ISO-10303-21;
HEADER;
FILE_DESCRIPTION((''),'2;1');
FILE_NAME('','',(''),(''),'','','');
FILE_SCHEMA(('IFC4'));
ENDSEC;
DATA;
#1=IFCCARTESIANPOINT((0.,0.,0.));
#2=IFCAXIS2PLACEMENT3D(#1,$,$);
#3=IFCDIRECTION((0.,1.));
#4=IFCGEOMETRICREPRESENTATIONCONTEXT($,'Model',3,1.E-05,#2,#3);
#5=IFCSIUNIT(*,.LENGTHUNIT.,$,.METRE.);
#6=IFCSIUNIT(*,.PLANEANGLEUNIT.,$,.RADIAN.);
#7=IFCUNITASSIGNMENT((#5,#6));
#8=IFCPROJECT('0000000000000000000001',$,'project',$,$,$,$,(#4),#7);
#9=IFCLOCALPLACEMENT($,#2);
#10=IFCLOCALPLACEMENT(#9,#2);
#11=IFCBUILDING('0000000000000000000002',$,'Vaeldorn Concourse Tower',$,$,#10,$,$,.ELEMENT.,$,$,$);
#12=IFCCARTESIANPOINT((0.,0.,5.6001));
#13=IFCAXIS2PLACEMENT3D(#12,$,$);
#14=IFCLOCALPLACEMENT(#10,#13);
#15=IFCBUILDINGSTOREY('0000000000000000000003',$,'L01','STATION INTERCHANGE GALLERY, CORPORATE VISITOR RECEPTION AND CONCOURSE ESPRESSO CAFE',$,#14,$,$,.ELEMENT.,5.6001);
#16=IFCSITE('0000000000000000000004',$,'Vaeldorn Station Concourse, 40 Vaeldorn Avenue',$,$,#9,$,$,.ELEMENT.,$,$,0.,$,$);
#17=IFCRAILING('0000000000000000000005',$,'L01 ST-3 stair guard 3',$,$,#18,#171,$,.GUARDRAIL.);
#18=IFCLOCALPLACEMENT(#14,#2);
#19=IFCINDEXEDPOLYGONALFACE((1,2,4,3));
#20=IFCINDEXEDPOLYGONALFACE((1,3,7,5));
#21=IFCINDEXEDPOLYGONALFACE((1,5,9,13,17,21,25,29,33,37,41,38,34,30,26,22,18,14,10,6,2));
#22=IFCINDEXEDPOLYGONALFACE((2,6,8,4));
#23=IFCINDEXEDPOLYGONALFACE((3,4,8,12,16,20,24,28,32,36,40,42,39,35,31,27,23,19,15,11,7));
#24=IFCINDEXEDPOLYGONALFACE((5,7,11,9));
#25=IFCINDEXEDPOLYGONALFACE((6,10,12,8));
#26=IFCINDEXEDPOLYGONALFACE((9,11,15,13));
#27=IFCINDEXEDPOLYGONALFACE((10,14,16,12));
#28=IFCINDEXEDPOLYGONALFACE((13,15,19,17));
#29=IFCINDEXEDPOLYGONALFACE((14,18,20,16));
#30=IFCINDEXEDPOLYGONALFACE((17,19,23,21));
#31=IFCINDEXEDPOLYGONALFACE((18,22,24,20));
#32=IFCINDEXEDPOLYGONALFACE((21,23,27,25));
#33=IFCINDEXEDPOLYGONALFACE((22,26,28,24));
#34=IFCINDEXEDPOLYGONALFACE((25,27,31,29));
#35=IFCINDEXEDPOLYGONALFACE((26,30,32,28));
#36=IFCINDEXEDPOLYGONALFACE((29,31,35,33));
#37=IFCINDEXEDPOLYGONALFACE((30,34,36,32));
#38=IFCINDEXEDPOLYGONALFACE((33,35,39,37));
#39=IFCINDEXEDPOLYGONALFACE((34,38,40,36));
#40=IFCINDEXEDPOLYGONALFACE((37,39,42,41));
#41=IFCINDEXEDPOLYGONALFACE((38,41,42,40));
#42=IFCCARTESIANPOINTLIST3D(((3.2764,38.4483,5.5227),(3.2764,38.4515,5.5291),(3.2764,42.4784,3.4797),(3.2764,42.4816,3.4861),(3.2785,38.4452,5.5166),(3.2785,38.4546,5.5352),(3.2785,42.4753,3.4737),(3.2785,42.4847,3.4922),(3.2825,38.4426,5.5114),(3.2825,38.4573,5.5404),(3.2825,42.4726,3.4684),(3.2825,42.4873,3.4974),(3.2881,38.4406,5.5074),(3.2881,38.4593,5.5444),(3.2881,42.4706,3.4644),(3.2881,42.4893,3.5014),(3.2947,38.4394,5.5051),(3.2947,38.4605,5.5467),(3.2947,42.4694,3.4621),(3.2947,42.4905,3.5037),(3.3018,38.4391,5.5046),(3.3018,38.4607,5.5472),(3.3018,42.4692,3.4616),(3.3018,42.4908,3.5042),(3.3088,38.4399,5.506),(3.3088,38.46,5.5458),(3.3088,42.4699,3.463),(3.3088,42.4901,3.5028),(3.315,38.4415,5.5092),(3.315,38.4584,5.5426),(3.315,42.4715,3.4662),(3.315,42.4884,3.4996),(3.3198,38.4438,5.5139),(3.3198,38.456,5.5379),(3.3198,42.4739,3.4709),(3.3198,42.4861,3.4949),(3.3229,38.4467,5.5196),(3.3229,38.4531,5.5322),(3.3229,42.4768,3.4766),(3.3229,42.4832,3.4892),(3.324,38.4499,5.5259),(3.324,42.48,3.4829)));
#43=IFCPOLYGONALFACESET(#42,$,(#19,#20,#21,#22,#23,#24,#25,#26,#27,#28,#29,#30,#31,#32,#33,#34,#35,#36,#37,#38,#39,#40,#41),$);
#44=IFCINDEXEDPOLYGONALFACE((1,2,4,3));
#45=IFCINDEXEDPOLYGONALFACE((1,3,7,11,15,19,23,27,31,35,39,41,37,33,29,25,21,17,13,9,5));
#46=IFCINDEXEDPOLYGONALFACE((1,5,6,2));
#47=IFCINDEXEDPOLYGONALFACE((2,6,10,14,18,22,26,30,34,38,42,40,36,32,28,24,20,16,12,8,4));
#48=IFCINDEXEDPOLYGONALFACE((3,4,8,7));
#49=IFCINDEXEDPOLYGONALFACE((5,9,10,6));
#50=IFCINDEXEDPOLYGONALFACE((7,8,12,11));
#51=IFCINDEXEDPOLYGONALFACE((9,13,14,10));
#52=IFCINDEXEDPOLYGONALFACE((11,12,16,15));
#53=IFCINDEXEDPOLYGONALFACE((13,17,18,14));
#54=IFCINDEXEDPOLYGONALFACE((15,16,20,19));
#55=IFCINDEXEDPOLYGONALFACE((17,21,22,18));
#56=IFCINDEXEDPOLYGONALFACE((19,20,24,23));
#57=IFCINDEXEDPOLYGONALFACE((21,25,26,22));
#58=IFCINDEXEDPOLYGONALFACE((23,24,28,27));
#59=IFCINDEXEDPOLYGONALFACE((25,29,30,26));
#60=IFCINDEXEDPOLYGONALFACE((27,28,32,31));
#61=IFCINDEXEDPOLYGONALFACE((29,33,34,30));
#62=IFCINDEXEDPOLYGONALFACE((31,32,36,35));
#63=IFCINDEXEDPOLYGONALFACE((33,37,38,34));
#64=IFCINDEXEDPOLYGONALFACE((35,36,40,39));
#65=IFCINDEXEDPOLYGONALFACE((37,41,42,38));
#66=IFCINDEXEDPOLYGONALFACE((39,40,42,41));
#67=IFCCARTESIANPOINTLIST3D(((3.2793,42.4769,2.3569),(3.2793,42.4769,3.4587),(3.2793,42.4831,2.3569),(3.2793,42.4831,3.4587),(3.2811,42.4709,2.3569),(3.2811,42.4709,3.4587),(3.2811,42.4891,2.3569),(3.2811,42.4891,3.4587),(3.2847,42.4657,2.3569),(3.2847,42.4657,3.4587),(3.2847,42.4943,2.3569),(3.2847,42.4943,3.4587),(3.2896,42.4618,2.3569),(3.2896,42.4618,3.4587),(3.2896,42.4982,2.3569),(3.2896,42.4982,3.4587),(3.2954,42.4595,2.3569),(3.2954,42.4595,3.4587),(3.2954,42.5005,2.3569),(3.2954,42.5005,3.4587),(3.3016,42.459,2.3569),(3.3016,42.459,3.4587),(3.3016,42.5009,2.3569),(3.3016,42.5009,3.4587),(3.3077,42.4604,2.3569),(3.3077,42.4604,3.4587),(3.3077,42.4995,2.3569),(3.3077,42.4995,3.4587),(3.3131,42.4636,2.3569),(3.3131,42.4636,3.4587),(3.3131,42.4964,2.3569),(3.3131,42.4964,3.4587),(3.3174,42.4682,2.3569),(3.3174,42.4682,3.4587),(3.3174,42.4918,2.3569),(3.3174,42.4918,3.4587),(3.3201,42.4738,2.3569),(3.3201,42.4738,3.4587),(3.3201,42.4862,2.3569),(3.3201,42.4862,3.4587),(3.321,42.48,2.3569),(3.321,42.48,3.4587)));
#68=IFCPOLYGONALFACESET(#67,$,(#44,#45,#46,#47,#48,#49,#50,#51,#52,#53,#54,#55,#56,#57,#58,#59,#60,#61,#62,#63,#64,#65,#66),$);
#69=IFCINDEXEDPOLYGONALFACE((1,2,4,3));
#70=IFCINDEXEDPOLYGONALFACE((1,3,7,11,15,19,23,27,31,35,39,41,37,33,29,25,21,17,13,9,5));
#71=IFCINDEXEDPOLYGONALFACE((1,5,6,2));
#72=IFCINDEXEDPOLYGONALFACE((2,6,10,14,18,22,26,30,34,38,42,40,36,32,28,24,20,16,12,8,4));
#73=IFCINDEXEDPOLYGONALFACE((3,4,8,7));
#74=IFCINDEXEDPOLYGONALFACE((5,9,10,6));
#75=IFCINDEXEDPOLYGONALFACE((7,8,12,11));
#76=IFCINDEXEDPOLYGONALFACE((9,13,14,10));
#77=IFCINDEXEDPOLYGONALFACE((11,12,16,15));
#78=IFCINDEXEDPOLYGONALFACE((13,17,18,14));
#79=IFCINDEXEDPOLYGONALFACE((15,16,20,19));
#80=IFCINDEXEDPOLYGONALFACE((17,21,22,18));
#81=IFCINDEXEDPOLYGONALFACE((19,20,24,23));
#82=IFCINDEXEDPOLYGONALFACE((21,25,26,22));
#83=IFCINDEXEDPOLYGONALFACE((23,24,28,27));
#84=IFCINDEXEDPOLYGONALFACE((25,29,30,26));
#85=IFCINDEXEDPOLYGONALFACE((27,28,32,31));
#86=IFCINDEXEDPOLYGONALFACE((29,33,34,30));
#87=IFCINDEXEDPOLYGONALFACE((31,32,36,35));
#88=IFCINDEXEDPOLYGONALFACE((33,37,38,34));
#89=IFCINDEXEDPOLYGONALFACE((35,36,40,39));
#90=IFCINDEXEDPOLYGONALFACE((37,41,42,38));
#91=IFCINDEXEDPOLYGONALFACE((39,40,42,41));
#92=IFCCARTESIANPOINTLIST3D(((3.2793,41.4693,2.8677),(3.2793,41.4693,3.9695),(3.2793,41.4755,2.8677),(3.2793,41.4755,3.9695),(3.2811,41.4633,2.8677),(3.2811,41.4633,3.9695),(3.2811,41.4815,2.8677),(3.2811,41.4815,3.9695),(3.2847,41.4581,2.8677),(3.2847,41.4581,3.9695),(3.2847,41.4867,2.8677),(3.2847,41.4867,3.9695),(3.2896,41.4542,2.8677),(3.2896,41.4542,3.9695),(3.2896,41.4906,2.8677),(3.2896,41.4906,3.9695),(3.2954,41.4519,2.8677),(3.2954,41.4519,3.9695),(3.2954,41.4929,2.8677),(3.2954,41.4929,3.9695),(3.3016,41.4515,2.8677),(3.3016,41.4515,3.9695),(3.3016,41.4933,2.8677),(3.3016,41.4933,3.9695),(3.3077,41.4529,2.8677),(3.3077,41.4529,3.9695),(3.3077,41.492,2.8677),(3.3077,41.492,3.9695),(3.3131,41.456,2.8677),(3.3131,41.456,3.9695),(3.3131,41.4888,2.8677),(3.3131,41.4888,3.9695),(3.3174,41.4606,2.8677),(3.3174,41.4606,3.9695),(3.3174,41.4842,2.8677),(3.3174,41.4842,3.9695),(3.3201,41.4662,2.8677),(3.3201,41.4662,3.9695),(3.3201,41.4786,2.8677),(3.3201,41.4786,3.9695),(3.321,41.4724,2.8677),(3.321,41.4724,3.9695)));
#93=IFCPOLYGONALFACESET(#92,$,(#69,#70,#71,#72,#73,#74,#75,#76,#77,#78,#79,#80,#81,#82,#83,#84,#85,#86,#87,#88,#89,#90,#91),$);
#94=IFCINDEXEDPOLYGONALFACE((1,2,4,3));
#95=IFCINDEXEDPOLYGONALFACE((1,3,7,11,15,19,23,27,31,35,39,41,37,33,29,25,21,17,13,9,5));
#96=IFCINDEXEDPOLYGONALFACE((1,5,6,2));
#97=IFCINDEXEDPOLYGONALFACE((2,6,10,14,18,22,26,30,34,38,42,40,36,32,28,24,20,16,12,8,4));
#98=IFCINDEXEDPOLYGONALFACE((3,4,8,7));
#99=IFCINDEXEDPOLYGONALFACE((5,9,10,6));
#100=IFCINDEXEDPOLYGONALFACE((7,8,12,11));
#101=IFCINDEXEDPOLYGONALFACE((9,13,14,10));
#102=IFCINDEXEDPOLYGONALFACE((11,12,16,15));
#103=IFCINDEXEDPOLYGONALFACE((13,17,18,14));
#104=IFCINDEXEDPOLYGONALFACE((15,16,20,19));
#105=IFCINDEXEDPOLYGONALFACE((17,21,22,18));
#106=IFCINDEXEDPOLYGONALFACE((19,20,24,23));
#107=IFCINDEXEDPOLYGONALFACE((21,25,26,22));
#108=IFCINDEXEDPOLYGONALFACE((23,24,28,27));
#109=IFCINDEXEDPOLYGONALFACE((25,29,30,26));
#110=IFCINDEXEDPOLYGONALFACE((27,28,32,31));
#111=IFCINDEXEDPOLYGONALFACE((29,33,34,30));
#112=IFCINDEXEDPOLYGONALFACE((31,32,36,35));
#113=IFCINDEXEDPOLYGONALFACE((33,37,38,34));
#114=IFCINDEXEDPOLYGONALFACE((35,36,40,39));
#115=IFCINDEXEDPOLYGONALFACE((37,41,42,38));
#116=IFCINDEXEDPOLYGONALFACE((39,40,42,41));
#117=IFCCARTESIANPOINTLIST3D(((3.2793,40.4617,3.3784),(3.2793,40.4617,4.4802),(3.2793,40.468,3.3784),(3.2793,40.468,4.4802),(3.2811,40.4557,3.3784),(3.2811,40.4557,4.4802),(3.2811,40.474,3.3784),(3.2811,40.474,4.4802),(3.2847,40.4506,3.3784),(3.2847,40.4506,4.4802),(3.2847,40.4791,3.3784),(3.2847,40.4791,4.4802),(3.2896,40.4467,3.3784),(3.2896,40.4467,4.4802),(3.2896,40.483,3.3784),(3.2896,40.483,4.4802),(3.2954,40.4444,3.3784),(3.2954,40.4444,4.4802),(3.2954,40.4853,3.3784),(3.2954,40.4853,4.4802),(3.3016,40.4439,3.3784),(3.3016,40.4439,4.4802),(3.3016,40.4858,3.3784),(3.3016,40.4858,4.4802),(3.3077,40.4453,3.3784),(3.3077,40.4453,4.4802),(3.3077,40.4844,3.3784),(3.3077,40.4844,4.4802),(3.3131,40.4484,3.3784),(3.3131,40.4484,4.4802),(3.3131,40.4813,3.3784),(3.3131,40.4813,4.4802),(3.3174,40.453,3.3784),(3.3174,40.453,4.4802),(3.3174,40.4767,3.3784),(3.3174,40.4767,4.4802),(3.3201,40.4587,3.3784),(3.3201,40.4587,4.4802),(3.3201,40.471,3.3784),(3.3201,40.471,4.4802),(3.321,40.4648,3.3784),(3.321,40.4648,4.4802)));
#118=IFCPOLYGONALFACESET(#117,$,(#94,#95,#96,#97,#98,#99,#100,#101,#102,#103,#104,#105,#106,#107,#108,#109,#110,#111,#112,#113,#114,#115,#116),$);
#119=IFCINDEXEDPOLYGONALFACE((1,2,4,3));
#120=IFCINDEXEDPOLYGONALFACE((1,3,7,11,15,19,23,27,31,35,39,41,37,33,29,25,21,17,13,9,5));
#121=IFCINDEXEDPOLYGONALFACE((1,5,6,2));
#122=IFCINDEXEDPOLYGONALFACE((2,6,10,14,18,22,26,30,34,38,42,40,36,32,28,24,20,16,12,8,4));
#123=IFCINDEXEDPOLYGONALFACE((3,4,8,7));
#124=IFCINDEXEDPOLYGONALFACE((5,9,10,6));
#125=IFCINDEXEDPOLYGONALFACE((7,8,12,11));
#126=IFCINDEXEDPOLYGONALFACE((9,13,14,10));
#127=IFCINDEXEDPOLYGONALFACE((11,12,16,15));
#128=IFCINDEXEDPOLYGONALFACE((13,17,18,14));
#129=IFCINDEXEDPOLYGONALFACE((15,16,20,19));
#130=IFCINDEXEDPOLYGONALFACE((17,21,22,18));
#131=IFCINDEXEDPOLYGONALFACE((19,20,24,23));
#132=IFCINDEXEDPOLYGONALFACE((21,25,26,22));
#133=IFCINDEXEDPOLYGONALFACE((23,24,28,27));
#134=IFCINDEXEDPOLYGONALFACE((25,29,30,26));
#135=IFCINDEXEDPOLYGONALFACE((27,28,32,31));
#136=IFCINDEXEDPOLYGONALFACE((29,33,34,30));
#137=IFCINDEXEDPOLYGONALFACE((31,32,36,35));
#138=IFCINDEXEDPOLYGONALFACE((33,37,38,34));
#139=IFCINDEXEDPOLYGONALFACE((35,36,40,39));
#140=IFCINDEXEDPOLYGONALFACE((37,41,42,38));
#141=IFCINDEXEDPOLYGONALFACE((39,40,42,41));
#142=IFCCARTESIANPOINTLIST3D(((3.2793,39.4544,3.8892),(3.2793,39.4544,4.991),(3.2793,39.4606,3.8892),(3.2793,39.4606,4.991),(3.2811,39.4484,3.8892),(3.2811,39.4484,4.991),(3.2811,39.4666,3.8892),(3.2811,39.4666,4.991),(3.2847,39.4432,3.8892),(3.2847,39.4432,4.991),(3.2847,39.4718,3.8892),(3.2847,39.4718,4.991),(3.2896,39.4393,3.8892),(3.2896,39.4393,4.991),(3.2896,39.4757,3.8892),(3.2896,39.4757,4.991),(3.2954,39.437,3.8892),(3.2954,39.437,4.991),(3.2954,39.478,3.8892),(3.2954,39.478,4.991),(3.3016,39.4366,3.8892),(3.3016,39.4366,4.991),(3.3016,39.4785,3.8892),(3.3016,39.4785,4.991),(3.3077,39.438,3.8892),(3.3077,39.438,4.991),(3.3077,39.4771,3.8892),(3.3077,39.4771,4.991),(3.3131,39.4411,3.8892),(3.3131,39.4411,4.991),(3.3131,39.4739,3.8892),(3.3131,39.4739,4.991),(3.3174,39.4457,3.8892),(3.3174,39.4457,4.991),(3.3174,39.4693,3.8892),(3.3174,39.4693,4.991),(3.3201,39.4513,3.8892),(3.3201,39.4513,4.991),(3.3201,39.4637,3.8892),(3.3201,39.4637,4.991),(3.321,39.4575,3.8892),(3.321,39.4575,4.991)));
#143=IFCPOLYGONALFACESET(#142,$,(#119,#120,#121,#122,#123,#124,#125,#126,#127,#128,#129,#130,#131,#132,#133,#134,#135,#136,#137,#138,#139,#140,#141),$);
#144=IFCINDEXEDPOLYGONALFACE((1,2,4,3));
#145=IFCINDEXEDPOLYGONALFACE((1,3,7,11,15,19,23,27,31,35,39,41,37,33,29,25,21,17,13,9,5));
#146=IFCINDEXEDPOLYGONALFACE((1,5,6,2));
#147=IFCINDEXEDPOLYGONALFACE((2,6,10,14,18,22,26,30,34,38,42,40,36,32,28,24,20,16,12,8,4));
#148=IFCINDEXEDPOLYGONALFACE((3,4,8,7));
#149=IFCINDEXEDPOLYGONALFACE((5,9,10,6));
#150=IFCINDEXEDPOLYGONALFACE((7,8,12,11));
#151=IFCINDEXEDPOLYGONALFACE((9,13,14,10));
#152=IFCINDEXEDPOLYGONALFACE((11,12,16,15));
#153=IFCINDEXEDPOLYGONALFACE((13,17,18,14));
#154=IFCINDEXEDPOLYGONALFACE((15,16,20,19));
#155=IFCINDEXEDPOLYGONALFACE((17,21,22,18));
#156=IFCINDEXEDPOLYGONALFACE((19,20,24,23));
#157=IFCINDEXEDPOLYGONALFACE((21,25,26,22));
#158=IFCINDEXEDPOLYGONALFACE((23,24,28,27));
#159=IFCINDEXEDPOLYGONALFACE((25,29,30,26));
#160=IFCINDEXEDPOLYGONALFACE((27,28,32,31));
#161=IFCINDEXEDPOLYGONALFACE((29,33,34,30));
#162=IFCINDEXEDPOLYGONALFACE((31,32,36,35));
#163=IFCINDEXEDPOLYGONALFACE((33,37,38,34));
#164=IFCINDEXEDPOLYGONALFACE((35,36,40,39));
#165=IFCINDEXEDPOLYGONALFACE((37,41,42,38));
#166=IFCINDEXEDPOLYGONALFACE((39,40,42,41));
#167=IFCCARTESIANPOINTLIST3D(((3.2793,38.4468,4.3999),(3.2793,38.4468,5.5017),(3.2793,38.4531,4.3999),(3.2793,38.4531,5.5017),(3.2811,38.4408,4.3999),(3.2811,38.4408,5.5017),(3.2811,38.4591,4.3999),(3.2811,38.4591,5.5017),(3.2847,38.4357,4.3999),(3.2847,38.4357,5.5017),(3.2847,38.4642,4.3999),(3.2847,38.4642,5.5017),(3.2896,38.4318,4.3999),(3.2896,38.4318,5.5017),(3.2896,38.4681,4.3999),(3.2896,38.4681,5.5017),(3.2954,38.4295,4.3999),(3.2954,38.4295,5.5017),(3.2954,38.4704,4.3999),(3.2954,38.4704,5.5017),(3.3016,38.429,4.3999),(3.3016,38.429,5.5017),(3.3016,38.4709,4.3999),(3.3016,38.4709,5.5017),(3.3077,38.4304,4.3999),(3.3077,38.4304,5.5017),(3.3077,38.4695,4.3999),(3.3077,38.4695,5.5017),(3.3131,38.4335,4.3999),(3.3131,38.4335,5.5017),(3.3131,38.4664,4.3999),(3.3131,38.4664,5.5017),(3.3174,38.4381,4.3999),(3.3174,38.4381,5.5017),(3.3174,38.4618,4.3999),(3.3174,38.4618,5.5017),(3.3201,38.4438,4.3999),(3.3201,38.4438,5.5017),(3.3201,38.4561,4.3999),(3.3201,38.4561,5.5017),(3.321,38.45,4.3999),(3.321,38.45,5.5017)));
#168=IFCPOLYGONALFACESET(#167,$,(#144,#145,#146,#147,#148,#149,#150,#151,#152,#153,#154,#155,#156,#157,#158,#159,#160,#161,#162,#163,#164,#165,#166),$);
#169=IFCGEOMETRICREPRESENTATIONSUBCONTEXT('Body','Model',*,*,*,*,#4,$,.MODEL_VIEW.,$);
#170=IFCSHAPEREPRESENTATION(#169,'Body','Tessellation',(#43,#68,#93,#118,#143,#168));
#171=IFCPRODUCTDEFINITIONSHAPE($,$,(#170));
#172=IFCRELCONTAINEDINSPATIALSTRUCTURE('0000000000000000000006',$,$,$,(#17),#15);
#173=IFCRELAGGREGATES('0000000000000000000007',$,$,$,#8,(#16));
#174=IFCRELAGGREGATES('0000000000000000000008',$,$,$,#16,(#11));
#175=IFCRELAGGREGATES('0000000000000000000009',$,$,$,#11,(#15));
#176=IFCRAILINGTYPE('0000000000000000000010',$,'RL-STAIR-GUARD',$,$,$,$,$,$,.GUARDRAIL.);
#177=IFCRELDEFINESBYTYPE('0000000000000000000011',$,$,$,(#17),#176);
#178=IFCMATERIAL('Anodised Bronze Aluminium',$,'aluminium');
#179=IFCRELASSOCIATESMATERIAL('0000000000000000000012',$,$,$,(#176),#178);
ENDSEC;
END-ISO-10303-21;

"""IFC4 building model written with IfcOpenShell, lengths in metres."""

from ifc_helpers import new_model, si_unit, direction, frame, origin, origin_2d, place, context, subcontext, project, spatial, circle, extrude, material, type_object, element, save


model = new_model("IFC4")

# Units and contexts
model_context = context("Model", 3, precision=1e-05, world=origin(), true_north=direction((0.0, 1.0)))
body_context = subcontext(model_context, "Body", "Model", "MODEL_VIEW")
ifc_project = project(units=[si_unit("LENGTHUNIT", "METRE"), si_unit("PLANEANGLEUNIT", "RADIAN")], contexts=[model_context])

# Site, building, storey
site_placement = place(None, origin())
site = spatial("IfcSite", under=ifc_project, at=site_placement, Name="Vaeldorn Station Concourse, 40 Vaeldorn Avenue", CompositionType="ELEMENT", RefElevation=0.0)
building_placement = place(site_placement, origin())
building = spatial("IfcBuilding", under=site, at=building_placement, Name="Vaeldorn Concourse Tower", CompositionType="ELEMENT")
storey_placement = place(building_placement, frame((0.0, 0.0, 5.6001)))
storey = spatial("IfcBuildingStorey", under=building, at=storey_placement, Name="L01", Description="STATION INTERCHANGE GALLERY, CORPORATE VISITOR RECEPTION AND CONCOURSE ESPRESSO CAFE", CompositionType="ELEMENT", Elevation=5.6001)

# Shared definitions
ifc_material_1 = material(Name="Anodised Bronze Aluminium", Category="aluminium")

# Railing
railing_type_1 = type_object("IfcRailingType", Name="RL-STAIR-GUARD", PredefinedType="GUARDRAIL", material=ifc_material_1)
railing_1_placement = place(storey_placement, frame((3.3, 42.48, 2.3569)))
element("IfcRailing", 1, at=railing_1_placement, inside=storey, type_object=railing_type_1, Name="L01 ST-3 stair guard 3", PredefinedType="GUARDRAIL", context=body_context, shape_type="SweptSolid", body=[
    extrude(circle(Radius=0.0239, at=origin_2d()), frame((0.0, 0.0, 1.126), z_axis=(0.0, -0.891939, 0.452156), x_axis=(1.0, 0.0, 0.0)), (0.0, 0.0, 1.0), 4.5183),
    extrude(circle(Radius=0.021, at=origin_2d()), origin(), (0.0, 0.0, 1.0), 1.1018),
    extrude(circle(Radius=0.021, at=origin_2d()), frame((0.0, -1.0076, 0.5107)), (0.0, 0.0, 1.0), 1.1018),
    extrude(circle(Radius=0.021, at=origin_2d()), frame((0.0, -2.0151, 1.0215)), (0.0, 0.0, 1.0), 1.1018),
    extrude(circle(Radius=0.021, at=origin_2d()), frame((0.0, -3.0225, 1.5322)), (0.0, 0.0, 1.0), 1.1018),
    extrude(circle(Radius=0.021, at=origin_2d()), frame((0.0, -4.03, 2.043)), (0.0, 0.0, 1.0), 1.1018),
])

save(model, "model.ifc")
